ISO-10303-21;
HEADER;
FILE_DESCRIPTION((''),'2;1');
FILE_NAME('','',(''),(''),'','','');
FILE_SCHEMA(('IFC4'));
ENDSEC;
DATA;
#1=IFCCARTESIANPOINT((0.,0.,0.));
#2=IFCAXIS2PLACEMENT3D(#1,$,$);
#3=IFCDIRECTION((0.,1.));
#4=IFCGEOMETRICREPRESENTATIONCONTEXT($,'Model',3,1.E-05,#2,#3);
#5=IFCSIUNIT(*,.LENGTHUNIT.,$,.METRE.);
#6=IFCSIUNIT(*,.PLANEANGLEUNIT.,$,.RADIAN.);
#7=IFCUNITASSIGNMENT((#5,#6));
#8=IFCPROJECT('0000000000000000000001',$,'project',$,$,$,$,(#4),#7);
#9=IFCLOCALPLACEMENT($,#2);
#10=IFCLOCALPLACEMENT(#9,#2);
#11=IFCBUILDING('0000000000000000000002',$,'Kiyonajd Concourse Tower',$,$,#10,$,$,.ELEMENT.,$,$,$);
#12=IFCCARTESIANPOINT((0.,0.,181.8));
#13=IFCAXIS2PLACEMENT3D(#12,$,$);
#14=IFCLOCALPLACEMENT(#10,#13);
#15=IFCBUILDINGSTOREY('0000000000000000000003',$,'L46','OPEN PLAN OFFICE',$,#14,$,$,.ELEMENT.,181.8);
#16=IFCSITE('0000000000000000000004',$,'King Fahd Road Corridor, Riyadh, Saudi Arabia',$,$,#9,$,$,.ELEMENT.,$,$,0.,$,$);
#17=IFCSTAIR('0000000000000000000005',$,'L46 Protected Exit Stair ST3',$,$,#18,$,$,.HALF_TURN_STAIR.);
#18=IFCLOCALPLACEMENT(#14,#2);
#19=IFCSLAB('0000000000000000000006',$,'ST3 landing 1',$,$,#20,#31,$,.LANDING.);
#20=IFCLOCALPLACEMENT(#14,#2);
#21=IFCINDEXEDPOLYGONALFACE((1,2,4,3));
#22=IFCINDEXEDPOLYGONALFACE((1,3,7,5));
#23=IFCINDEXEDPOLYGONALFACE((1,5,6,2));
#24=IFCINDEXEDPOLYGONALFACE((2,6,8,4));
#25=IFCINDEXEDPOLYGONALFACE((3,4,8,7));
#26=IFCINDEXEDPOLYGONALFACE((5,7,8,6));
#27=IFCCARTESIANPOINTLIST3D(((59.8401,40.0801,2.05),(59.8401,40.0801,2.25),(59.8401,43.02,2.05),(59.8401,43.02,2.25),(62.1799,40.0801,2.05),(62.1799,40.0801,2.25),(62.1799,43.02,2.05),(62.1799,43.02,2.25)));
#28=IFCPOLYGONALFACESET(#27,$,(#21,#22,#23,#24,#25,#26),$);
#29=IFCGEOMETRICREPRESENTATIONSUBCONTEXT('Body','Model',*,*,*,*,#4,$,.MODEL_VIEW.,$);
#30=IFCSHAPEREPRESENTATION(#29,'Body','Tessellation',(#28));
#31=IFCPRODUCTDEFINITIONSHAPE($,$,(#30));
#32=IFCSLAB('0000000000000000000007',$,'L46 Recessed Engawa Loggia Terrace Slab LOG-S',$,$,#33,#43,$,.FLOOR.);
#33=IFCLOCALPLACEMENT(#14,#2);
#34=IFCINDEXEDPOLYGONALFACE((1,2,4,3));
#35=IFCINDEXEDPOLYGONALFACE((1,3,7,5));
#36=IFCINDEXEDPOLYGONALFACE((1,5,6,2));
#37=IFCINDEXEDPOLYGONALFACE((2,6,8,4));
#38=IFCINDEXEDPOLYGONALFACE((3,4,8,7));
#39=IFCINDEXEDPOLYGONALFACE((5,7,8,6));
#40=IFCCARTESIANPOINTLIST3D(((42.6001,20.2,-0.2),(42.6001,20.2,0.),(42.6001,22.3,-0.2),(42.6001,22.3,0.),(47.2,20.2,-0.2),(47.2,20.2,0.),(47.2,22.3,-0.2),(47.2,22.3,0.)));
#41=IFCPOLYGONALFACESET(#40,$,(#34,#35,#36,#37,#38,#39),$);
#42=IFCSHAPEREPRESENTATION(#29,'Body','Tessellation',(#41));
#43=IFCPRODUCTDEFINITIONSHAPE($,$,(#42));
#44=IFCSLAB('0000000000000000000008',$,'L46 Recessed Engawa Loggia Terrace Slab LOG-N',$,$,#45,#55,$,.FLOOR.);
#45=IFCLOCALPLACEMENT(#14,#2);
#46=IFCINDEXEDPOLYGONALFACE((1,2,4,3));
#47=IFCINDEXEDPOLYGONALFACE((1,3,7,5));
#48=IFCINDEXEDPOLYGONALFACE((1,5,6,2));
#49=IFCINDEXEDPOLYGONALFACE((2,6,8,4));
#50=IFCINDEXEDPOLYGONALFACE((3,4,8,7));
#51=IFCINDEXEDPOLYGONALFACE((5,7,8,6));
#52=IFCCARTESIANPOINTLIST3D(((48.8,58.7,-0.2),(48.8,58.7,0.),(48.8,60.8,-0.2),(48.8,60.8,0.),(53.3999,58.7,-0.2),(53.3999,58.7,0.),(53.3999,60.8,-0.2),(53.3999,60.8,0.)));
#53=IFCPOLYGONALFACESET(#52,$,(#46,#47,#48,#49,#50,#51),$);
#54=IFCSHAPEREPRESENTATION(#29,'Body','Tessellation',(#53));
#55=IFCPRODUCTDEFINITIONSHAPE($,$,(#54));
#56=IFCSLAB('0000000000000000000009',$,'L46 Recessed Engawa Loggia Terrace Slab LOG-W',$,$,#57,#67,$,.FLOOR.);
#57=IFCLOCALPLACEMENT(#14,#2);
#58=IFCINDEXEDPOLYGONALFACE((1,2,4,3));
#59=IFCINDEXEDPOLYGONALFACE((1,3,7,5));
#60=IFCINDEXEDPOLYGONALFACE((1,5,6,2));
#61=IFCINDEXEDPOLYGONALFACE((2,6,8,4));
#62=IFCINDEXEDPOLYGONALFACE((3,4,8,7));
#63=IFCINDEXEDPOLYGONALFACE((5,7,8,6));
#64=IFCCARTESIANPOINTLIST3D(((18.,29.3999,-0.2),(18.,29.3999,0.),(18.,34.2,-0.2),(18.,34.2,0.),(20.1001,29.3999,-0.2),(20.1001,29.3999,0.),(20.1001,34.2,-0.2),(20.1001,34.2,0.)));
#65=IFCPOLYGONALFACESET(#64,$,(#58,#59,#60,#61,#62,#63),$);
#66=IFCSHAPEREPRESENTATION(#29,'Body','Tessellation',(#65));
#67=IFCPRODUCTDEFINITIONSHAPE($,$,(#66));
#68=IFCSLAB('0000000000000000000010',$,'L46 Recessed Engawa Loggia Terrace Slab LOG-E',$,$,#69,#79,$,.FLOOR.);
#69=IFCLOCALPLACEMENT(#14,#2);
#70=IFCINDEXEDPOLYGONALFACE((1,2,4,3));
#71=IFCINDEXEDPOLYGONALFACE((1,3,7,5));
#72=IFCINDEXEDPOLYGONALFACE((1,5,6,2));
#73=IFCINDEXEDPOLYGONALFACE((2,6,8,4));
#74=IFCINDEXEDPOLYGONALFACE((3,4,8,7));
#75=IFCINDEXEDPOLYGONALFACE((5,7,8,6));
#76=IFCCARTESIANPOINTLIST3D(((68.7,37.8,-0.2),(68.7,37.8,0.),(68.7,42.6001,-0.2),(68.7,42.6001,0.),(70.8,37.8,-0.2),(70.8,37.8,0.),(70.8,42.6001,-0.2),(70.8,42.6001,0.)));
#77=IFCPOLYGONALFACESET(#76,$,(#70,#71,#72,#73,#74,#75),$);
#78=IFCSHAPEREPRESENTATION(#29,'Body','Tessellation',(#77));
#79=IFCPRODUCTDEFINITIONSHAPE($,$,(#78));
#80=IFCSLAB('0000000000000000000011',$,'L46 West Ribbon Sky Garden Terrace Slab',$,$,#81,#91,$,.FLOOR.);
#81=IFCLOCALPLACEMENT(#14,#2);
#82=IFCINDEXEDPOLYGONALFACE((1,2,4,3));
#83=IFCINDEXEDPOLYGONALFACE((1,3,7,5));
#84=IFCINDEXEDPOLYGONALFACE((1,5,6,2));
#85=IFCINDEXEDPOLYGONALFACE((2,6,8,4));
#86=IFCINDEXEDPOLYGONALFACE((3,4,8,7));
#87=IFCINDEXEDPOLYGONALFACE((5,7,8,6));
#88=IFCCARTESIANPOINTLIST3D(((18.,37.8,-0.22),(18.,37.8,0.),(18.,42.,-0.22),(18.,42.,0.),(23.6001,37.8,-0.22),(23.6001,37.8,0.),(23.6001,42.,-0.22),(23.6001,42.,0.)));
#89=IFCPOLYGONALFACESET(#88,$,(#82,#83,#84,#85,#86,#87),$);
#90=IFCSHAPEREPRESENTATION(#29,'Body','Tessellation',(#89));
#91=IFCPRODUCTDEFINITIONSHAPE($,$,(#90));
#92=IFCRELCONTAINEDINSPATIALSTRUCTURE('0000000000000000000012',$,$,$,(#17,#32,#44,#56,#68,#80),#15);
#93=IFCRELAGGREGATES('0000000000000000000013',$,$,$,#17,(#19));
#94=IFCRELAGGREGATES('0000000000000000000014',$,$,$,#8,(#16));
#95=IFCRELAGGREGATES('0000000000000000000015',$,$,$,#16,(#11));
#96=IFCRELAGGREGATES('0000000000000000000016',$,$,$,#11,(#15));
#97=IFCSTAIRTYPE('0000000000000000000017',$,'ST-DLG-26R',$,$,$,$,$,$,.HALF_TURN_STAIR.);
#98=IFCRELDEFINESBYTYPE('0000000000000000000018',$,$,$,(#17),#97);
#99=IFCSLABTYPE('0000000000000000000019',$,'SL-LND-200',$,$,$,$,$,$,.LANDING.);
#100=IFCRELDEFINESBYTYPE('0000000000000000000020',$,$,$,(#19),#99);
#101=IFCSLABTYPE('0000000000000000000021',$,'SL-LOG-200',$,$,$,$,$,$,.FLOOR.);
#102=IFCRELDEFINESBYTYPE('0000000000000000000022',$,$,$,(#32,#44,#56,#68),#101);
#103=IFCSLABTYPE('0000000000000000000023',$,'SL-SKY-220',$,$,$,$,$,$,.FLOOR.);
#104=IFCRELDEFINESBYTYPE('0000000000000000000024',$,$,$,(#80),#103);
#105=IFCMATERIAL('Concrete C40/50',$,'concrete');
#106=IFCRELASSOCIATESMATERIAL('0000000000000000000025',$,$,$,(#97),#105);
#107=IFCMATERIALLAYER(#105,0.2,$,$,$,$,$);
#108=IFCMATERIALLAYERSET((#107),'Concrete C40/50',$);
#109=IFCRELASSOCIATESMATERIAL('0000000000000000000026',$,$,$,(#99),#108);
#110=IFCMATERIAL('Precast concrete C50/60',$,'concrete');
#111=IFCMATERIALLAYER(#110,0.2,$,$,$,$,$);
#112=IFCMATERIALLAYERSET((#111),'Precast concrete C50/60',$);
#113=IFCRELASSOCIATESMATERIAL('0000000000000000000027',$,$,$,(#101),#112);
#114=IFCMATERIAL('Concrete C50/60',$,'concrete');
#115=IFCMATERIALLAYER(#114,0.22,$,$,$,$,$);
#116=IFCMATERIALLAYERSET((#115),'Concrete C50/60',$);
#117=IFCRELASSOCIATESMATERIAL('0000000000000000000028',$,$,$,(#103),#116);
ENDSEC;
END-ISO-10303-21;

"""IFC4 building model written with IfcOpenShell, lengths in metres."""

from ifc_helpers import new_model, si_unit, direction, frame, origin, place, context, subcontext, project, spatial, polyline, outline, extrude, material, layer, layer_set, type_object, element, aggregate, save


model = new_model("IFC4")

# Units and contexts
model_context = context("Model", 3, precision=1e-05, world=origin(), true_north=direction((0.0, 1.0)))
body_context = subcontext(model_context, "Body", "Model", "MODEL_VIEW")
ifc_project = project(units=[si_unit("LENGTHUNIT", "METRE"), si_unit("PLANEANGLEUNIT", "RADIAN")], contexts=[model_context])

# Site, building, storey
site_placement = place(None, origin())
site = spatial("IfcSite", under=ifc_project, at=site_placement, Name="King Fahd Road Corridor, Riyadh, Saudi Arabia", CompositionType="ELEMENT", RefElevation=0.0)
building_placement = place(site_placement, origin())
building = spatial("IfcBuilding", under=site, at=building_placement, Name="Kiyonajd Concourse Tower", CompositionType="ELEMENT")
storey_placement = place(building_placement, frame((0.0, 0.0, 181.8)))
storey = spatial("IfcBuildingStorey", under=building, at=storey_placement, Name="L46", Description="OPEN PLAN OFFICE", CompositionType="ELEMENT", Elevation=181.8)

# Stair, slab
ifc_material_1 = material(Name="Concrete C40/50", Category="concrete")
stair_type = type_object("IfcStairType", Name="ST-DLG-26R", PredefinedType="HALF_TURN_STAIR", material=ifc_material_1)
ifc_layer_1 = layer(ifc_material_1, 0.2)
ifc_layer_set_1 = layer_set([ifc_layer_1], Name="Concrete C40/50")
slab_type_1 = type_object("IfcSlabType", Name="SL-LND-200", PredefinedType="LANDING", material=ifc_layer_set_1)
stair_1_placement = place(storey_placement, origin())
stair_1 = element("IfcStair", 1, at=stair_1_placement, inside=storey, type_object=stair_type, Name="L46 Protected Exit Stair ST3", PredefinedType="HALF_TURN_STAIR")
slab_1_placement = place(storey_placement, frame((0.0, 0.0, 2.05)))
slab_1 = element("IfcSlab", 2, at=slab_1_placement, type_object=slab_type_1, Name="ST3 landing 1", PredefinedType="LANDING", context=body_context, shape_type="SweptSolid", body=[
    extrude(outline(polyline([(59.8401, 40.0801), (62.1799, 40.0801), (62.1799, 43.02), (59.8401, 43.02), (59.8401, 40.0801)])), origin(), (0.0, 0.0, 1.0), 0.2),
])
aggregate(stair_1, [slab_1])

# Slabs
ifc_material_2 = material(Name="Precast concrete C50/60", Category="concrete")
ifc_layer_2 = layer(ifc_material_2, 0.2)
ifc_layer_set_2 = layer_set([ifc_layer_2], Name="Precast concrete C50/60")
slab_type_2 = type_object("IfcSlabType", Name="SL-LOG-200", PredefinedType="FLOOR", material=ifc_layer_set_2)
slab_2_placement = place(storey_placement, frame((0.0, 0.0, -0.2)))
element("IfcSlab", 3, at=slab_2_placement, inside=storey, type_object=slab_type_2, Name="L46 Recessed Engawa Loggia Terrace Slab LOG-S", PredefinedType="FLOOR", context=body_context, shape_type="SweptSolid", body=[
    extrude(outline(polyline([(42.6001, 20.2), (47.2, 20.2), (47.2, 22.3), (42.6001, 22.3), (42.6001, 20.2)])), origin(), (0.0, 0.0, 1.0), 0.2),
])
slab_3_placement = place(storey_placement, frame((0.0, 0.0, -0.2)))
element("IfcSlab", 4, at=slab_3_placement, inside=storey, type_object=slab_type_2, Name="L46 Recessed Engawa Loggia Terrace Slab LOG-N", PredefinedType="FLOOR", context=body_context, shape_type="SweptSolid", body=[
    extrude(outline(polyline([(48.8, 58.7), (53.3999, 58.7), (53.3999, 60.8), (48.8, 60.8), (48.8, 58.7)])), origin(), (0.0, 0.0, 1.0), 0.2),
])
slab_4_placement = place(storey_placement, frame((0.0, 0.0, -0.2)))
element("IfcSlab", 5, at=slab_4_placement, inside=storey, type_object=slab_type_2, Name="L46 Recessed Engawa Loggia Terrace Slab LOG-W", PredefinedType="FLOOR", context=body_context, shape_type="SweptSolid", body=[
    extrude(outline(polyline([(18.0, 29.3999), (20.1001, 29.3999), (20.1001, 34.2), (18.0, 34.2), (18.0, 29.3999)])), origin(), (0.0, 0.0, 1.0), 0.2),
])
slab_5_placement = place(storey_placement, frame((0.0, 0.0, -0.2)))
element("IfcSlab", 6, at=slab_5_placement, inside=storey, type_object=slab_type_2, Name="L46 Recessed Engawa Loggia Terrace Slab LOG-E", PredefinedType="FLOOR", context=body_context, shape_type="SweptSolid", body=[
    extrude(outline(polyline([(68.7, 37.8), (70.8, 37.8), (70.8, 42.6001), (68.7, 42.6001), (68.7, 37.8)])), origin(), (0.0, 0.0, 1.0), 0.2),
])
ifc_material_3 = material(Name="Concrete C50/60", Category="concrete")
ifc_layer_3 = layer(ifc_material_3, 0.22)
ifc_layer_set_3 = layer_set([ifc_layer_3], Name="Concrete C50/60")
slab_type_3 = type_object("IfcSlabType", Name="SL-SKY-220", PredefinedType="FLOOR", material=ifc_layer_set_3)
slab_6_placement = place(storey_placement, frame((0.0, 0.0, -0.22)))
element("IfcSlab", 7, at=slab_6_placement, inside=storey, type_object=slab_type_3, Name="L46 West Ribbon Sky Garden Terrace Slab", PredefinedType="FLOOR", context=body_context, shape_type="SweptSolid", body=[
    extrude(outline(polyline([(18.0, 37.8), (23.6001, 37.8), (23.6001, 42.0), (18.0, 42.0), (18.0, 37.8)])), origin(), (0.0, 0.0, 1.0), 0.22),
])

save(model, "model.ifc")
